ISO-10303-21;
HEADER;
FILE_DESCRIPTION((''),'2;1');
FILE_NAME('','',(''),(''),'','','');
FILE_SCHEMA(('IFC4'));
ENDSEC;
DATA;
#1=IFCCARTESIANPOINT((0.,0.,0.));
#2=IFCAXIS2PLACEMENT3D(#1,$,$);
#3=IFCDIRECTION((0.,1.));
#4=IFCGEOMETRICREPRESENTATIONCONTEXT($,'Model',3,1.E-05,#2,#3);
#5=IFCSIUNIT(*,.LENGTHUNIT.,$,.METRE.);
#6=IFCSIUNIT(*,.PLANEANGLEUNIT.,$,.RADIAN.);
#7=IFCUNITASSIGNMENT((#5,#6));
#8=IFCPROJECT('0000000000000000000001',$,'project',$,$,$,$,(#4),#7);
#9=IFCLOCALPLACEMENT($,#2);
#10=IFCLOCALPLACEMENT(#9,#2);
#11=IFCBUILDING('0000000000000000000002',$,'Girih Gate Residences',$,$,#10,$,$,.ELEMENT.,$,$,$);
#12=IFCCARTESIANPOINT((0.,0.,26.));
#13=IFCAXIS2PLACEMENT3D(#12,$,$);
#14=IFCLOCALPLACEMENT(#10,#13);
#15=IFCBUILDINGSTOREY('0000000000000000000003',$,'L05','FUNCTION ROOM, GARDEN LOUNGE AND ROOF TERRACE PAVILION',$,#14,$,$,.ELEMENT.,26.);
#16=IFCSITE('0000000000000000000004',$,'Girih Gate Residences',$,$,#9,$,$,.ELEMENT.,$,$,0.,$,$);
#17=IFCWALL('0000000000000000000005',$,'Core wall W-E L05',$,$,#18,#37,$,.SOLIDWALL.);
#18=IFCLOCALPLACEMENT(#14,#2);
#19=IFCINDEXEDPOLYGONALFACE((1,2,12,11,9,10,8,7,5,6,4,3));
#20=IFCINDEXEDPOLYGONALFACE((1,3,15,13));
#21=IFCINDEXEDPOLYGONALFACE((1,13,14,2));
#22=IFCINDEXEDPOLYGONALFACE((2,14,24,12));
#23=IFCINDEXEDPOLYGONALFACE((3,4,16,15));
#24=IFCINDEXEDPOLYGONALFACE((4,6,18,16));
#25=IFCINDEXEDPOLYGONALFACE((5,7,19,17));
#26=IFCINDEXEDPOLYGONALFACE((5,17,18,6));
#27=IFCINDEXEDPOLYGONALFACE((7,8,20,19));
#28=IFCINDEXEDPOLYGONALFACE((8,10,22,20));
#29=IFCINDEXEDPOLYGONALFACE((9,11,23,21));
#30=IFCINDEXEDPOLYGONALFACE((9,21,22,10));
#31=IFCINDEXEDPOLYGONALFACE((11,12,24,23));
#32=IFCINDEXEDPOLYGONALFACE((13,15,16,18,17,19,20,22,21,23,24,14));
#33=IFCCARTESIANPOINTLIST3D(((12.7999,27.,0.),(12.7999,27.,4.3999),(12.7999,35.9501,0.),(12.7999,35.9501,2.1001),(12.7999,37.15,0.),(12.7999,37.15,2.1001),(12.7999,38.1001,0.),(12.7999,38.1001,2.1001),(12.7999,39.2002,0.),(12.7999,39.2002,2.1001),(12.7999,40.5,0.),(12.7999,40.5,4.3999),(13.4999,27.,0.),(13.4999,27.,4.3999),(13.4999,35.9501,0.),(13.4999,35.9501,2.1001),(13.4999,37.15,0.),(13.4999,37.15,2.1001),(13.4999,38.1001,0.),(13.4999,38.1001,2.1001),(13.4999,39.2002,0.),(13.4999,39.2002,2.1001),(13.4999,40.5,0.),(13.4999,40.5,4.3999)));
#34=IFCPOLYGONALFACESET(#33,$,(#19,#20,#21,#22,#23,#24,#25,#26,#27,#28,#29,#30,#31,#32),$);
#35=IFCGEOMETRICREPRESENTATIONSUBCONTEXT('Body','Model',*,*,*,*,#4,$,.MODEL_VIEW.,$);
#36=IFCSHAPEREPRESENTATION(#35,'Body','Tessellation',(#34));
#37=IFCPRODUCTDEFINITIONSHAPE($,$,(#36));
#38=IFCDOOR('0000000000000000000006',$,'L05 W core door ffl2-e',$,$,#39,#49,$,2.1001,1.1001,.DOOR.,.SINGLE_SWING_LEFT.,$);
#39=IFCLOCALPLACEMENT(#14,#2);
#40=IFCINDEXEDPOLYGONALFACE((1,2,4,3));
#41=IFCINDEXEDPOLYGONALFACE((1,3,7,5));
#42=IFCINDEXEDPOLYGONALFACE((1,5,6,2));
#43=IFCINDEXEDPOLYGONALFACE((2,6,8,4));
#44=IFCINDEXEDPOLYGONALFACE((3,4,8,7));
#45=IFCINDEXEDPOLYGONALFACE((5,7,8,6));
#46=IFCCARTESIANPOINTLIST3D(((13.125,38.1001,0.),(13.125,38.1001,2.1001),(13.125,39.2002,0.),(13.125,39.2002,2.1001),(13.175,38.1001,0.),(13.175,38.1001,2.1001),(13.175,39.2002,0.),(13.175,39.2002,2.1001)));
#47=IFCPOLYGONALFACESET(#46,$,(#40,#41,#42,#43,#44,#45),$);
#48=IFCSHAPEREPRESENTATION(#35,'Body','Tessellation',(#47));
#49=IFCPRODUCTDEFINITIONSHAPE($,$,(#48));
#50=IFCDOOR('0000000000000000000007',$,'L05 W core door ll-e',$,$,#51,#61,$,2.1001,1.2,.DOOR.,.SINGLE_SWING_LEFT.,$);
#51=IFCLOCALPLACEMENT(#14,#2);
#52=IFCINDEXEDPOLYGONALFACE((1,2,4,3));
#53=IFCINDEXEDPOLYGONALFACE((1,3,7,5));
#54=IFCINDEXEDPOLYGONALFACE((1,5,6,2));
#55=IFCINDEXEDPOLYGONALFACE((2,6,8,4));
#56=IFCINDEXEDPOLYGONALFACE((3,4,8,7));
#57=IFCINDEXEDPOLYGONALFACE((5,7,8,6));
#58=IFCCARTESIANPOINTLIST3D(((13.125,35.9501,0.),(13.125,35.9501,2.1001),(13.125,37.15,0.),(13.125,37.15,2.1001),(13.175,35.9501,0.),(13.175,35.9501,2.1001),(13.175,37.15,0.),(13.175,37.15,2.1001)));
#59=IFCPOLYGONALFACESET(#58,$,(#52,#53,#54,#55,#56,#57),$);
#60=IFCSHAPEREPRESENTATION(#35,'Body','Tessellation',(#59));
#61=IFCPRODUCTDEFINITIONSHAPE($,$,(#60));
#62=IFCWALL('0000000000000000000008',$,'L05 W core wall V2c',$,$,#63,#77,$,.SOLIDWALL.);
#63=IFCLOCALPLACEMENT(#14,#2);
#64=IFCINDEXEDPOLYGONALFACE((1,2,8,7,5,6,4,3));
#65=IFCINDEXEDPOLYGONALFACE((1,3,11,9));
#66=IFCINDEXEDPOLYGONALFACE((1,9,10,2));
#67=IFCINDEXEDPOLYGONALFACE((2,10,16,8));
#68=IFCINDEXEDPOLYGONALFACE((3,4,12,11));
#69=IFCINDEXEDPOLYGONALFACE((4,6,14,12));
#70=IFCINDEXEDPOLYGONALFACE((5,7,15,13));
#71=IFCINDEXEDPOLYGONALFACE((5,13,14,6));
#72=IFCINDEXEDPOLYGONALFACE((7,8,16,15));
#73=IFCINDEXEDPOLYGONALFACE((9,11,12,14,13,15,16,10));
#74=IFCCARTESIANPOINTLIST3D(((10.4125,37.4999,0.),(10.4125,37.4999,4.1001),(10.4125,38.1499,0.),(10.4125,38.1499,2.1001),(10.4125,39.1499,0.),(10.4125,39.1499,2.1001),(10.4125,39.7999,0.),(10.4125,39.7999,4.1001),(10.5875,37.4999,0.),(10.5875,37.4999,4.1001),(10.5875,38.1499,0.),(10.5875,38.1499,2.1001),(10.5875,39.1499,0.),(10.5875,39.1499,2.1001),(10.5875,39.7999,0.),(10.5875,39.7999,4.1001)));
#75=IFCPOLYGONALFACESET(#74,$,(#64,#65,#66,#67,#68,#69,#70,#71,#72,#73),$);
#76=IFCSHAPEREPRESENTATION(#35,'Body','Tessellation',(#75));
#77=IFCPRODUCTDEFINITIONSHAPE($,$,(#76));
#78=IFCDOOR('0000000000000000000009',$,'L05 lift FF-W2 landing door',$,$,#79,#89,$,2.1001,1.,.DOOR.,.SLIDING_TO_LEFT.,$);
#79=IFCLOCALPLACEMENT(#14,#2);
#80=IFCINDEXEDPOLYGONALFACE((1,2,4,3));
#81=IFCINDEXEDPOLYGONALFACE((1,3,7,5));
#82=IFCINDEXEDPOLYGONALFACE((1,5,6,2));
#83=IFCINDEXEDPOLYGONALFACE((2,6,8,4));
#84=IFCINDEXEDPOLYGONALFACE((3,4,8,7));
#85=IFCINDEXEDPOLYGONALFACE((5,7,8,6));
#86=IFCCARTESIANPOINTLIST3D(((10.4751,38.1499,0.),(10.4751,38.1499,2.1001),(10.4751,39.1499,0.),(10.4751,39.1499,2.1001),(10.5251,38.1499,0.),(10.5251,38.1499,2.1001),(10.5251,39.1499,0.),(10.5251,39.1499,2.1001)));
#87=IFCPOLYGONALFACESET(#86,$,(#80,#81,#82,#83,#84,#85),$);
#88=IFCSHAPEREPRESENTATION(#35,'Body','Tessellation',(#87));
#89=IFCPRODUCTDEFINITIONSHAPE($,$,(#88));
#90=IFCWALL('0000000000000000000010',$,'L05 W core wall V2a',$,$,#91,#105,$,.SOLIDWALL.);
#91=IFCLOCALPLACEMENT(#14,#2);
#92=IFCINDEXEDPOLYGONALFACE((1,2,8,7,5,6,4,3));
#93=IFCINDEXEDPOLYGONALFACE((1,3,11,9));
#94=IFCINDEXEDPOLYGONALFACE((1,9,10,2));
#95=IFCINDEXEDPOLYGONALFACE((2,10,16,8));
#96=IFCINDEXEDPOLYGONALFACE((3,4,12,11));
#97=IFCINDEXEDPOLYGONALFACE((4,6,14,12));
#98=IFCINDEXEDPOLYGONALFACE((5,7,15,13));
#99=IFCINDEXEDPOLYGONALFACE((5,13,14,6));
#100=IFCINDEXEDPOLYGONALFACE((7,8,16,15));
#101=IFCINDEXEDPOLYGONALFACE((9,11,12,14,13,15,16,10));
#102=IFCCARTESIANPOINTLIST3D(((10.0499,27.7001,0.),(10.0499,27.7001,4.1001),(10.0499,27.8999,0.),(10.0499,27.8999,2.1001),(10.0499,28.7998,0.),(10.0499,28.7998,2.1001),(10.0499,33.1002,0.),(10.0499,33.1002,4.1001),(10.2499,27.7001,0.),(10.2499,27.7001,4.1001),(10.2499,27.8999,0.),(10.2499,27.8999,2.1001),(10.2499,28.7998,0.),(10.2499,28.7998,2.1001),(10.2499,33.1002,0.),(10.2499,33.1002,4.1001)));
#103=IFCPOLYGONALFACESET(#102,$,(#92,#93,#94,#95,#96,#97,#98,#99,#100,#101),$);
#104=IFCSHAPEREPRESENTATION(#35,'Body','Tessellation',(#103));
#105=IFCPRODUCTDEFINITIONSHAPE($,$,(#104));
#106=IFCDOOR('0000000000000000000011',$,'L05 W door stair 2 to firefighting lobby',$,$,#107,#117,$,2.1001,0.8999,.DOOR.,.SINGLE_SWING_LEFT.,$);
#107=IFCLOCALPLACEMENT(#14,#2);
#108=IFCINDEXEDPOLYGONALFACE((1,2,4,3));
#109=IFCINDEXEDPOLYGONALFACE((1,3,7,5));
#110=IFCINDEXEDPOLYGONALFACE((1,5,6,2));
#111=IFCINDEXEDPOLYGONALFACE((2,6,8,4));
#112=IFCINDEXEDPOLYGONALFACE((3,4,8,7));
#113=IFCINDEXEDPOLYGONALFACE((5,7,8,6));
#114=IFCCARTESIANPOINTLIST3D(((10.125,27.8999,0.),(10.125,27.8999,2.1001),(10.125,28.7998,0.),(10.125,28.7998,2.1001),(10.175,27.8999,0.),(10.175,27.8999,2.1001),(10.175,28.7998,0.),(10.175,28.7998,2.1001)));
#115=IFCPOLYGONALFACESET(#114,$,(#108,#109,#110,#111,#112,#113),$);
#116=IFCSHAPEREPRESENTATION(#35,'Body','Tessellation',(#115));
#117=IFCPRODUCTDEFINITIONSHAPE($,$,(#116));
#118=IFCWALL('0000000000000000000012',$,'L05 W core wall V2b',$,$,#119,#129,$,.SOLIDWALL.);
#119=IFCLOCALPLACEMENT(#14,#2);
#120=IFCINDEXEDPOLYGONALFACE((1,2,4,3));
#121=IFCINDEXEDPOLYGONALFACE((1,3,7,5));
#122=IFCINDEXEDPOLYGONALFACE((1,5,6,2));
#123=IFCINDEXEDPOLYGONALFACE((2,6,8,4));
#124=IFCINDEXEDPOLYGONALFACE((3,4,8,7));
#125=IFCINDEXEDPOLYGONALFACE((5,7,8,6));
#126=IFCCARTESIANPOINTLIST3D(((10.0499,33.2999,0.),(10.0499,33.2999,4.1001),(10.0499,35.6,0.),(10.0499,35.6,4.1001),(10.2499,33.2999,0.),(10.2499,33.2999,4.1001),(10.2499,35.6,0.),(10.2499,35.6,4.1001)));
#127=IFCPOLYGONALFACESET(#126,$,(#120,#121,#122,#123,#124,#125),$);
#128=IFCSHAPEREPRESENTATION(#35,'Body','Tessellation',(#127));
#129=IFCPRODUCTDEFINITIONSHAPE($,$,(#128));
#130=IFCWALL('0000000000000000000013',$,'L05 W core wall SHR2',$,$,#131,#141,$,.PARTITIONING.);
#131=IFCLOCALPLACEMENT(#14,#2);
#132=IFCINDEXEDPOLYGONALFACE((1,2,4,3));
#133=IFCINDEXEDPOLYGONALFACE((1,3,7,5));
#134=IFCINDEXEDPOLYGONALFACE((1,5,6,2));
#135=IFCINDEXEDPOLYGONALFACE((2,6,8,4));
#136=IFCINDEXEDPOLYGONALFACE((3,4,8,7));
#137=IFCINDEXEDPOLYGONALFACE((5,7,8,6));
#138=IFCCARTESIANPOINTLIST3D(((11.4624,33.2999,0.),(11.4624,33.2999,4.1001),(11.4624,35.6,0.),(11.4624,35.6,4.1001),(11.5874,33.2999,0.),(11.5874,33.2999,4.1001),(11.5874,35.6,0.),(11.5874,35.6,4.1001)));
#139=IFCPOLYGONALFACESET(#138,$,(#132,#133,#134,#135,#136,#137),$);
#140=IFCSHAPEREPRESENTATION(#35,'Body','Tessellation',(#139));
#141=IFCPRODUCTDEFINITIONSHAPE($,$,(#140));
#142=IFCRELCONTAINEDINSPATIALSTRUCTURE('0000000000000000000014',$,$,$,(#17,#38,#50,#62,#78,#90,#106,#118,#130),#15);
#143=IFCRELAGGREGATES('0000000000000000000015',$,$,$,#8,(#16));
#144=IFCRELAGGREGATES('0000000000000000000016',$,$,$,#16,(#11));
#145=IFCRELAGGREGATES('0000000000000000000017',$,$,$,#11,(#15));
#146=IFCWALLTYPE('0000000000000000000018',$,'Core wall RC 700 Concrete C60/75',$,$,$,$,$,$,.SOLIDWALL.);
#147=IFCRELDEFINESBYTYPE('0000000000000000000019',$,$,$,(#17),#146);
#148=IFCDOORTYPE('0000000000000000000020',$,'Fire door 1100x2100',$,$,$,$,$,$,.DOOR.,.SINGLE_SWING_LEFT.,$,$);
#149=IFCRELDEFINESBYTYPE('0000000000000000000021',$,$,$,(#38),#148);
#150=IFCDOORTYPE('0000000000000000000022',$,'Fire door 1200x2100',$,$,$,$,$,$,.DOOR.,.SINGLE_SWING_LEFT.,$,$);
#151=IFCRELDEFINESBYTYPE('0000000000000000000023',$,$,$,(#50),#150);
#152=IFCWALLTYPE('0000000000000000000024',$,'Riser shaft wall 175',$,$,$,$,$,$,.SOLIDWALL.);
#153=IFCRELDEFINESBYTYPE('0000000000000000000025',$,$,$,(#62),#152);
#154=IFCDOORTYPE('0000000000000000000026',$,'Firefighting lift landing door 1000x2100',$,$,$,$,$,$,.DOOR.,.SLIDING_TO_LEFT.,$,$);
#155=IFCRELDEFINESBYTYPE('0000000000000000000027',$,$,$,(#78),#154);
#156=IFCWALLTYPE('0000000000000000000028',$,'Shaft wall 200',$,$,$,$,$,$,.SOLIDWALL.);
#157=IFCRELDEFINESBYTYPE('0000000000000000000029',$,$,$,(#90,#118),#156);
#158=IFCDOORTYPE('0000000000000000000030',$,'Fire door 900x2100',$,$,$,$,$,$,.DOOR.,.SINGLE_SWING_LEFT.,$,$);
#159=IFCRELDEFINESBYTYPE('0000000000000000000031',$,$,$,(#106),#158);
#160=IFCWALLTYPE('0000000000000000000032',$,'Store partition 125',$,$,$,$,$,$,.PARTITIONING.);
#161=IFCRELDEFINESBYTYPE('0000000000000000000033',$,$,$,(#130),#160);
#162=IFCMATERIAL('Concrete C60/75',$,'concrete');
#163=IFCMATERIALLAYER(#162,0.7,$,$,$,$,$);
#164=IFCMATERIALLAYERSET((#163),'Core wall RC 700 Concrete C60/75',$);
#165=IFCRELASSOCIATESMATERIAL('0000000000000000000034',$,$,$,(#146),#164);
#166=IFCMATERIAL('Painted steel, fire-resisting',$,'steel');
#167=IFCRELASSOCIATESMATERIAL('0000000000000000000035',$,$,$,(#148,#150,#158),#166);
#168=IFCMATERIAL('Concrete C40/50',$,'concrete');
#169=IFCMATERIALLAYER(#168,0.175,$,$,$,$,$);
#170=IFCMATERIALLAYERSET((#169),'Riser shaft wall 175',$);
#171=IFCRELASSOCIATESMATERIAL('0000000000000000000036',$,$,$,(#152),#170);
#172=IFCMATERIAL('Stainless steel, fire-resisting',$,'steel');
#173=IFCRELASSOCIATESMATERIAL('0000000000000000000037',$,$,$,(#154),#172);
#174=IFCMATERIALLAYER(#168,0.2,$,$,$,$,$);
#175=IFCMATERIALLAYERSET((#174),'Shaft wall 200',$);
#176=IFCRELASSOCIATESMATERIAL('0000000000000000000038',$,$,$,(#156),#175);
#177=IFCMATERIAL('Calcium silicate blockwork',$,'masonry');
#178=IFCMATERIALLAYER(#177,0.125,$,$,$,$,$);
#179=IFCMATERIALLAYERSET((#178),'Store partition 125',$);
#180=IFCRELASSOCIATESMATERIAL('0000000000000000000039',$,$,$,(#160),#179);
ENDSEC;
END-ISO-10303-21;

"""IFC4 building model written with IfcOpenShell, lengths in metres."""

from ifc_helpers import new_model, si_unit, direction, frame, frame_2d, origin, place, context, subcontext, project, spatial, rectangle, extrude, material, layer, layer_set, type_object, element, fill, save


model = new_model("IFC4")

# Units and contexts
model_context = context("Model", 3, precision=1e-05, world=origin(), true_north=direction((0.0, 1.0)))
body_context = subcontext(model_context, "Body", "Model", "MODEL_VIEW")
ifc_project = project(units=[si_unit("LENGTHUNIT", "METRE"), si_unit("PLANEANGLEUNIT", "RADIAN")], contexts=[model_context])

# Site, building, storey
site_placement = place(None, origin())
site = spatial("IfcSite", under=ifc_project, at=site_placement, Name="Girih Gate Residences", CompositionType="ELEMENT", RefElevation=0.0)
building_placement = place(site_placement, origin())
building = spatial("IfcBuilding", under=site, at=building_placement, Name="Girih Gate Residences", CompositionType="ELEMENT")
storey_placement = place(building_placement, frame((0.0, 0.0, 26.0)))
storey = spatial("IfcBuildingStorey", under=building, at=storey_placement, Name="L05", Description="FUNCTION ROOM, GARDEN LOUNGE AND ROOF TERRACE PAVILION", CompositionType="ELEMENT", Elevation=26.0)

# Shared definitions
ifc_material_1 = material(Name="Concrete C60/75", Category="concrete")

# Wall, openings, doors
ifc_layer_1 = layer(ifc_material_1, 0.7)
ifc_layer_set_1 = layer_set([ifc_layer_1], Name="Core wall RC 700 Concrete C60/75")
wall_type_1 = type_object("IfcWallType", Name="Core wall RC 700 Concrete C60/75", PredefinedType="SOLIDWALL", material=ifc_layer_set_1)
wall_1_placement = place(storey_placement, frame((13.1499, 27.0, 0.0), z_axis=(0.0, 0.0, 1.0), x_axis=(0.0, 1.0, 0.0)))
wall_1 = element("IfcWall", 1, at=wall_1_placement, inside=storey, type_object=wall_type_1, Name="Core wall W-E L05", PredefinedType="SOLIDWALL", context=body_context, shape_type="SweptSolid", body=[
    extrude(rectangle(XDim=13.5, YDim=0.7, at=frame_2d((6.75, 0.0))), origin(), (0.0, 0.0, 1.0), 4.3999),
])
opening_1_placement = place(wall_1_placement, frame((11.1001, 0.0, 0.0)))
opening_1 = element("IfcOpeningElement", 2, at=opening_1_placement, cuts=wall_1, PredefinedType="OPENING", context=body_context, shape_type="SweptSolid", body=[
    extrude(rectangle(XDim=1.1001, YDim=2.1001, at=frame_2d((0.55, 1.05))), frame((0.0, 0.3599, 0.0), z_axis=(0.0, -1.0, 0.0), x_axis=(1.0, 0.0, 0.0)), (0.0, 0.0, 1.0), 0.72),
])
opening_2_placement = place(wall_1_placement, frame((8.95, 0.0, 0.0)))
opening_2 = element("IfcOpeningElement", 3, at=opening_2_placement, cuts=wall_1, PredefinedType="OPENING", context=body_context, shape_type="SweptSolid", body=[
    extrude(rectangle(XDim=1.2, YDim=2.1001, at=frame_2d((0.6001, 1.05))), frame((0.0, 0.3599, 0.0), z_axis=(0.0, -1.0, 0.0), x_axis=(1.0, 0.0, 0.0)), (0.0, 0.0, 1.0), 0.72),
])
ifc_material_2 = material(Name="Painted steel, fire-resisting", Category="steel")
door_type_1 = type_object("IfcDoorType", Name="Fire door 1100x2100", OperationType="SINGLE_SWING_LEFT", PredefinedType="DOOR", material=ifc_material_2)
door_1_placement = place(opening_1_placement, origin())
door_1 = element("IfcDoor", 4, at=door_1_placement, inside=storey, type_object=door_type_1, Name="L05 W core door ffl2-e", OperationType="SINGLE_SWING_LEFT", OverallHeight=2.1001, OverallWidth=1.1001, PredefinedType="DOOR", context=body_context, shape_type="SweptSolid", body=[
    extrude(rectangle(XDim=1.1001, YDim=2.1001, at=frame_2d((0.55, 1.05))), frame((0.0, 0.0249, 0.0), z_axis=(0.0, -1.0, 0.0), x_axis=(1.0, 0.0, 0.0)), (0.0, 0.0, 1.0), 0.05),
])
fill(opening_1, door_1)
door_type_2 = type_object("IfcDoorType", Name="Fire door 1200x2100", OperationType="SINGLE_SWING_LEFT", PredefinedType="DOOR", material=ifc_material_2)
door_2_placement = place(opening_2_placement, origin())
door_2 = element("IfcDoor", 5, at=door_2_placement, inside=storey, type_object=door_type_2, Name="L05 W core door ll-e", OperationType="SINGLE_SWING_LEFT", OverallHeight=2.1001, OverallWidth=1.2, PredefinedType="DOOR", context=body_context, shape_type="SweptSolid", body=[
    extrude(rectangle(XDim=1.2, YDim=2.1001, at=frame_2d((0.6001, 1.05))), frame((0.0, 0.0249, 0.0), z_axis=(0.0, -1.0, 0.0), x_axis=(1.0, 0.0, 0.0)), (0.0, 0.0, 1.0), 0.05),
])
fill(opening_2, door_2)

# Walls, openings, doors
ifc_material_3 = material(Name="Concrete C40/50", Category="concrete")
ifc_layer_2 = layer(ifc_material_3, 0.175)
ifc_layer_set_2 = layer_set([ifc_layer_2], Name="Riser shaft wall 175")
wall_type_2 = type_object("IfcWallType", Name="Riser shaft wall 175", PredefinedType="SOLIDWALL", material=ifc_layer_set_2)
wall_2_placement = place(storey_placement, frame((10.5, 37.5, 0.0), z_axis=(0.0, 0.0, 1.0), x_axis=(0.0, 1.0, 0.0)))
wall_2 = element("IfcWall", 6, at=wall_2_placement, inside=storey, type_object=wall_type_2, Name="L05 W core wall V2c", PredefinedType="SOLIDWALL", context=body_context, shape_type="SweptSolid", body=[
    extrude(rectangle(XDim=2.3, YDim=0.175, at=frame_2d((1.1499, 0.0))), origin(), (0.0, 0.0, 1.0), 4.1001),
])
opening_3_placement = place(wall_2_placement, frame((0.6499, 0.0, 0.0)))
opening_3 = element("IfcOpeningElement", 7, at=opening_3_placement, cuts=wall_2, PredefinedType="OPENING", context=body_context, shape_type="SweptSolid", body=[
    extrude(rectangle(XDim=1.0, YDim=2.1001, at=frame_2d((0.5, 1.05))), frame((0.0, 0.0974, 0.0), z_axis=(0.0, -1.0, 0.0), x_axis=(1.0, 0.0, 0.0)), (0.0, 0.0, 1.0), 0.1951),
])
ifc_material_4 = material(Name="Stainless steel, fire-resisting", Category="steel")
door_type_3 = type_object("IfcDoorType", Name="Firefighting lift landing door 1000x2100", OperationType="SLIDING_TO_LEFT", PredefinedType="DOOR", material=ifc_material_4)
door_3_placement = place(opening_3_placement, origin())
door_3 = element("IfcDoor", 8, at=door_3_placement, inside=storey, type_object=door_type_3, Name="L05 lift FF-W2 landing door", OperationType="SLIDING_TO_LEFT", OverallHeight=2.1001, OverallWidth=1.0, PredefinedType="DOOR", context=body_context, shape_type="SweptSolid", body=[
    extrude(rectangle(XDim=1.0, YDim=2.1001, at=frame_2d((0.5, 1.05))), frame((0.0, 0.0249, 0.0), z_axis=(0.0, -1.0, 0.0), x_axis=(1.0, 0.0, 0.0)), (0.0, 0.0, 1.0), 0.05),
])
fill(opening_3, door_3)
ifc_layer_3 = layer(ifc_material_3, 0.2)
ifc_layer_set_3 = layer_set([ifc_layer_3], Name="Shaft wall 200")
wall_type_3 = type_object("IfcWallType", Name="Shaft wall 200", PredefinedType="SOLIDWALL", material=ifc_layer_set_3)
wall_3_placement = place(storey_placement, frame((10.1499, 27.7, 0.0), z_axis=(0.0, 0.0, 1.0), x_axis=(0.0, 1.0, 0.0)))
wall_3 = element("IfcWall", 9, at=wall_3_placement, inside=storey, type_object=wall_type_3, Name="L05 W core wall V2a", PredefinedType="SOLIDWALL", context=body_context, shape_type="SweptSolid", body=[
    extrude(rectangle(XDim=5.4001, YDim=0.2, at=frame_2d((2.7002, 0.0))), origin(), (0.0, 0.0, 1.0), 4.1001),
])
opening_4_placement = place(wall_3_placement, frame((0.2, 0.0, 0.0)))
opening_4 = element("IfcOpeningElement", 10, at=opening_4_placement, cuts=wall_3, PredefinedType="OPENING", context=body_context, shape_type="SweptSolid", body=[
    extrude(rectangle(XDim=0.8999, YDim=2.1001, at=frame_2d((0.45, 1.05))), frame((0.0, 0.1099, 0.0), z_axis=(0.0, -1.0, 0.0), x_axis=(1.0, 0.0, 0.0)), (0.0, 0.0, 1.0), 0.22),
])
door_type_4 = type_object("IfcDoorType", Name="Fire door 900x2100", OperationType="SINGLE_SWING_LEFT", PredefinedType="DOOR", material=ifc_material_2)
door_4_placement = place(opening_4_placement, origin())
door_4 = element("IfcDoor", 11, at=door_4_placement, inside=storey, type_object=door_type_4, Name="L05 W door stair 2 to firefighting lobby", OperationType="SINGLE_SWING_LEFT", OverallHeight=2.1001, OverallWidth=0.8999, PredefinedType="DOOR", context=body_context, shape_type="SweptSolid", body=[
    extrude(rectangle(XDim=0.8999, YDim=2.1001, at=frame_2d((0.45, 1.05))), frame((0.0, 0.0249, 0.0), z_axis=(0.0, -1.0, 0.0), x_axis=(1.0, 0.0, 0.0)), (0.0, 0.0, 1.0), 0.05),
])
fill(opening_4, door_4)

# Walls
wall_4_placement = place(storey_placement, frame((10.1499, 33.3, 0.0), z_axis=(0.0, 0.0, 1.0), x_axis=(0.0, 1.0, 0.0)))
element("IfcWall", 12, at=wall_4_placement, inside=storey, type_object=wall_type_3, Name="L05 W core wall V2b", PredefinedType="SOLIDWALL", context=body_context, shape_type="SweptSolid", body=[
    extrude(rectangle(XDim=2.3, YDim=0.2, at=frame_2d((1.1499, 0.0))), origin(), (0.0, 0.0, 1.0), 4.1001),
])
ifc_material_5 = material(Name="Calcium silicate blockwork", Category="masonry")
ifc_layer_4 = layer(ifc_material_5, 0.125)
ifc_layer_set_4 = layer_set([ifc_layer_4], Name="Store partition 125")
wall_type_4 = type_object("IfcWallType", Name="Store partition 125", PredefinedType="PARTITIONING", material=ifc_layer_set_4)
wall_5_placement = place(storey_placement, frame((11.5249, 33.3, 0.0), z_axis=(0.0, 0.0, 1.0), x_axis=(0.0, 1.0, 0.0)))
element("IfcWall", 13, at=wall_5_placement, inside=storey, type_object=wall_type_4, Name="L05 W core wall SHR2", PredefinedType="PARTITIONING", context=body_context, shape_type="SweptSolid", body=[
    extrude(rectangle(XDim=2.3, YDim=0.125, at=frame_2d((1.1499, 0.0))), origin(), (0.0, 0.0, 1.0), 4.1001),
])

save(model, "model.ifc")
